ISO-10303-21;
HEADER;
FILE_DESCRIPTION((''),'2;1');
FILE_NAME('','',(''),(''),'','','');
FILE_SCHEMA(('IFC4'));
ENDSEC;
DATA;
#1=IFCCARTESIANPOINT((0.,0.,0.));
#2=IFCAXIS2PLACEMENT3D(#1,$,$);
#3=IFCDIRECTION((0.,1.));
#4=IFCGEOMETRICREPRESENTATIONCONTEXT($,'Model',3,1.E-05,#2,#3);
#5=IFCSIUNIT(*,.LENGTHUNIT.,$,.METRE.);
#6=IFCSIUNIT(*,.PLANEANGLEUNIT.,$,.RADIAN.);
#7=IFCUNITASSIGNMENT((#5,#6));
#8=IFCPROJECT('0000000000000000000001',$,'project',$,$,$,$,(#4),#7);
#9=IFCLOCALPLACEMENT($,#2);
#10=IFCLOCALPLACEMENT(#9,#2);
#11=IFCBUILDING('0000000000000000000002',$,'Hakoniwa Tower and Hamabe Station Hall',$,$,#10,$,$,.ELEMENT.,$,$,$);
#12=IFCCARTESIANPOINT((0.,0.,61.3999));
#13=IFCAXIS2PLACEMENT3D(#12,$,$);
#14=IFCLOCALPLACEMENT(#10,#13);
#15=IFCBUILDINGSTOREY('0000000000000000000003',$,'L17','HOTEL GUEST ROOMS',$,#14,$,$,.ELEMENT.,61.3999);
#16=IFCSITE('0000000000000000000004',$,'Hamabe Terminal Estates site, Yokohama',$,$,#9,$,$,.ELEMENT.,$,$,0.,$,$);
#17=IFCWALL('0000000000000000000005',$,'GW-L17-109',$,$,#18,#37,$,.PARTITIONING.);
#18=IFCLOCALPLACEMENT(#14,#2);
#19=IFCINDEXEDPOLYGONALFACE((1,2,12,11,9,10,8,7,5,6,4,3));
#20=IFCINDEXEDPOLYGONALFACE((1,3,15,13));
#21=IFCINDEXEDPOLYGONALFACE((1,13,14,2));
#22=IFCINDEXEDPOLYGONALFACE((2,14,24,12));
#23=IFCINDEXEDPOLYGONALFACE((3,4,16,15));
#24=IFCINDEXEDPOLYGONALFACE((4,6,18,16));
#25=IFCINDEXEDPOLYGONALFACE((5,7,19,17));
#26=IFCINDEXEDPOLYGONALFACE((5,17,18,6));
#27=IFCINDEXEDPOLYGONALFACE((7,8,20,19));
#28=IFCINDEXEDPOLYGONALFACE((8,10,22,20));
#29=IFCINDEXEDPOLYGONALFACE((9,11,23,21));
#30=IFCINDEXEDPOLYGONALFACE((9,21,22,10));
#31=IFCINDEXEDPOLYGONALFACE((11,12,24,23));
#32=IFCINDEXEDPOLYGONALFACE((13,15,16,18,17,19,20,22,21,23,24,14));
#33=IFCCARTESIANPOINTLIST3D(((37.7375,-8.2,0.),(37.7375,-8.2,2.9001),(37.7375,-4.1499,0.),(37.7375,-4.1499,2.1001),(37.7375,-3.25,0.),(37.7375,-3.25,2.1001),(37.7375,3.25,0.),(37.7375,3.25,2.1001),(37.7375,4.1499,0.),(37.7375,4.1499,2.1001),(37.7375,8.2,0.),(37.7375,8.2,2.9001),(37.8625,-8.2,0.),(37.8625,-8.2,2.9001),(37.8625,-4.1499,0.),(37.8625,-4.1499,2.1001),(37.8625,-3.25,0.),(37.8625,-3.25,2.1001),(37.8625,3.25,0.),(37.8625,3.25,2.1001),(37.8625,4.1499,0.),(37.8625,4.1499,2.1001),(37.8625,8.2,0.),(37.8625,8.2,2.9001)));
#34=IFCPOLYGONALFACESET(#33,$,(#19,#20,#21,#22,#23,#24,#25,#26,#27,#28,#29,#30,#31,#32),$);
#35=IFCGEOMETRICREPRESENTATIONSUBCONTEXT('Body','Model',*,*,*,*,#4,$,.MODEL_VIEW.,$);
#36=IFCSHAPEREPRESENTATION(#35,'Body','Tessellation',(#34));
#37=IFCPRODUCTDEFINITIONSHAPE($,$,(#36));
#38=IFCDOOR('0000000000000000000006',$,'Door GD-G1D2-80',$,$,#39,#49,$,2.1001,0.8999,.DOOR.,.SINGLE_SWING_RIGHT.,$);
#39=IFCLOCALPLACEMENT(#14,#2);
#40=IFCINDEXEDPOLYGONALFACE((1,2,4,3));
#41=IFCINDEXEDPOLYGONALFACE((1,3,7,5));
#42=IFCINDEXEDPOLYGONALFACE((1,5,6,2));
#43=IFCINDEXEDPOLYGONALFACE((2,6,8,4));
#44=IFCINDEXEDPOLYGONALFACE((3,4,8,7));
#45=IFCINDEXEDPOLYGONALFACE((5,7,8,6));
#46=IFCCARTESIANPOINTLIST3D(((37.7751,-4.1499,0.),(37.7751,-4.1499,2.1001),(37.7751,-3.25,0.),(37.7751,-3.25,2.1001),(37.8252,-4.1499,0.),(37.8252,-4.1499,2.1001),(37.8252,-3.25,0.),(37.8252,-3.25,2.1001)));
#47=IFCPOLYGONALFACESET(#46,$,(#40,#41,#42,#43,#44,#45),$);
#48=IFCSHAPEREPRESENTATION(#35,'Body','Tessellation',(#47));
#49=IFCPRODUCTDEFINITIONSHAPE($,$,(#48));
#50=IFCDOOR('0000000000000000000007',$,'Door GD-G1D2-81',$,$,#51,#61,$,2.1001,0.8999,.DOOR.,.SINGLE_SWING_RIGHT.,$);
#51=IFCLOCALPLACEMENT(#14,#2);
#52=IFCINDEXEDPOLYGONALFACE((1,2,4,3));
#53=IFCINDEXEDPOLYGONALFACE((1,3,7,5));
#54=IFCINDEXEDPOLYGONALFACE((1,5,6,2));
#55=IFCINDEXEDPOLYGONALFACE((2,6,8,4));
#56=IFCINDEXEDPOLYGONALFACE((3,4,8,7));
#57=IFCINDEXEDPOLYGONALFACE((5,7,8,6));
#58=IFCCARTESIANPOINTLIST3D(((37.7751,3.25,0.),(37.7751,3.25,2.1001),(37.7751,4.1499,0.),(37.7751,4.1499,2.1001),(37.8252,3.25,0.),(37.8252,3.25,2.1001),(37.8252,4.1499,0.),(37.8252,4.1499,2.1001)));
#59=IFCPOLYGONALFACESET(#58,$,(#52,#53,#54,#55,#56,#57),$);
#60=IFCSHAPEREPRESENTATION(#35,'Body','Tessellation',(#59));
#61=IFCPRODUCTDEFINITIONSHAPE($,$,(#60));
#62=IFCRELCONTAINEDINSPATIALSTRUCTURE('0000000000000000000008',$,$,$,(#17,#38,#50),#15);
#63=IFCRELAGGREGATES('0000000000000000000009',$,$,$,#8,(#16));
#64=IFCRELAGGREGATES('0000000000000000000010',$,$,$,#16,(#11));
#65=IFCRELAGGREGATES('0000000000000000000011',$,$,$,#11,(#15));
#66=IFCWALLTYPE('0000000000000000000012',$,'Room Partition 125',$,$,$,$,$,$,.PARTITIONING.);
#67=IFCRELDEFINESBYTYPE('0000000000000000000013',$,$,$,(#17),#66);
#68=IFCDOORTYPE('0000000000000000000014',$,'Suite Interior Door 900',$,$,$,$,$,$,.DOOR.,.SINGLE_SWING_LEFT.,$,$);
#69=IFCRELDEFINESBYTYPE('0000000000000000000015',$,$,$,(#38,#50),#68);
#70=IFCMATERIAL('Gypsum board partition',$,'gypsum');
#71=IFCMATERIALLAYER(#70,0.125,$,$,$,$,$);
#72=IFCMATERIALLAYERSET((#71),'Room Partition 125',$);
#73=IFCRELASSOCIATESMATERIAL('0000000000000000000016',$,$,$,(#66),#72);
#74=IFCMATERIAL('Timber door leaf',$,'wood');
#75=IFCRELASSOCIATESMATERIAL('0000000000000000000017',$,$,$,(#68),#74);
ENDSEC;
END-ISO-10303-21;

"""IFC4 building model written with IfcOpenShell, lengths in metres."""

from ifc_helpers import new_model, si_unit, direction, frame, frame_2d, origin, place, context, subcontext, project, spatial, rectangle, extrude, material, layer, layer_set, type_object, element, fill, save


model = new_model("IFC4")

# Units and contexts
model_context = context("Model", 3, precision=1e-05, world=origin(), true_north=direction((0.0, 1.0)))
body_context = subcontext(model_context, "Body", "Model", "MODEL_VIEW")
ifc_project = project(units=[si_unit("LENGTHUNIT", "METRE"), si_unit("PLANEANGLEUNIT", "RADIAN")], contexts=[model_context])

# Site, building, storey
site_placement = place(None, origin())
site = spatial("IfcSite", under=ifc_project, at=site_placement, Name="Hamabe Terminal Estates site, Yokohama", CompositionType="ELEMENT", RefElevation=0.0)
building_placement = place(site_placement, origin())
building = spatial("IfcBuilding", under=site, at=building_placement, Name="Hakoniwa Tower and Hamabe Station Hall", CompositionType="ELEMENT")
storey_placement = place(building_placement, frame((0.0, 0.0, 61.3999)))
storey = spatial("IfcBuildingStorey", under=building, at=storey_placement, Name="L17", Description="HOTEL GUEST ROOMS", CompositionType="ELEMENT", Elevation=61.3999)

# Wall, openings, doors
ifc_material_1 = material(Name="Gypsum board partition", Category="gypsum")
ifc_layer_1 = layer(ifc_material_1, 0.125)
ifc_layer_set_1 = layer_set([ifc_layer_1], Name="Room Partition 125")
wall_type_1 = type_object("IfcWallType", Name="Room Partition 125", PredefinedType="PARTITIONING", material=ifc_layer_set_1)
wall_1_placement = place(storey_placement, frame((37.8, -8.2, 0.0), z_axis=(0.0, 0.0, 1.0), x_axis=(0.0, 1.0, 0.0)))
wall_1 = element("IfcWall", 1, at=wall_1_placement, inside=storey, type_object=wall_type_1, Name="GW-L17-109", PredefinedType="PARTITIONING", context=body_context, shape_type="SweptSolid", body=[
    extrude(rectangle(XDim=16.3999, YDim=0.125, at=frame_2d((8.2, 0.0))), origin(), (0.0, 0.0, 1.0), 2.9001),
])
opening_1_placement = place(wall_1_placement, frame((4.05, 0.0, 0.0)))
opening_1 = element("IfcOpeningElement", 2, at=opening_1_placement, cuts=wall_1, PredefinedType="OPENING", context=body_context, shape_type="SweptSolid", body=[
    extrude(rectangle(XDim=0.8999, YDim=2.1001, at=frame_2d((0.45, 1.05))), frame((0.0, 0.0725, 0.0), z_axis=(0.0, -1.0, 0.0), x_axis=(1.0, 0.0, 0.0)), (0.0, 0.0, 1.0), 0.145),
])
opening_2_placement = place(wall_1_placement, frame((11.45, 0.0, 0.0)))
opening_2 = element("IfcOpeningElement", 3, at=opening_2_placement, cuts=wall_1, PredefinedType="OPENING", context=body_context, shape_type="SweptSolid", body=[
    extrude(rectangle(XDim=0.8999, YDim=2.1001, at=frame_2d((0.45, 1.05))), frame((0.0, 0.0725, 0.0), z_axis=(0.0, -1.0, 0.0), x_axis=(1.0, 0.0, 0.0)), (0.0, 0.0, 1.0), 0.145),
])
ifc_material_2 = material(Name="Timber door leaf", Category="wood")
door_type_1 = type_object("IfcDoorType", Name="Suite Interior Door 900", OperationType="SINGLE_SWING_LEFT", PredefinedType="DOOR", material=ifc_material_2)
door_1_placement = place(opening_1_placement, origin())
door_1 = element("IfcDoor", 4, at=door_1_placement, inside=storey, type_object=door_type_1, Name="Door GD-G1D2-80", OperationType="SINGLE_SWING_RIGHT", OverallHeight=2.1001, OverallWidth=0.8999, PredefinedType="DOOR", context=body_context, shape_type="SweptSolid", body=[
    extrude(rectangle(XDim=0.8999, YDim=2.1001, at=frame_2d((0.45, 1.05))), frame((0.0, 0.0249, 0.0), z_axis=(0.0, -1.0, 0.0), x_axis=(1.0, 0.0, 0.0)), (0.0, 0.0, 1.0), 0.05),
])
fill(opening_1, door_1)
door_2_placement = place(opening_2_placement, origin())
door_2 = element("IfcDoor", 5, at=door_2_placement, inside=storey, type_object=door_type_1, Name="Door GD-G1D2-81", OperationType="SINGLE_SWING_RIGHT", OverallHeight=2.1001, OverallWidth=0.8999, PredefinedType="DOOR", context=body_context, shape_type="SweptSolid", body=[
    extrude(rectangle(XDim=0.8999, YDim=2.1001, at=frame_2d((0.45, 1.05))), frame((0.0, 0.0249, 0.0), z_axis=(0.0, -1.0, 0.0), x_axis=(1.0, 0.0, 0.0)), (0.0, 0.0, 1.0), 0.05),
])
fill(opening_2, door_2)

save(model, "model.ifc")
